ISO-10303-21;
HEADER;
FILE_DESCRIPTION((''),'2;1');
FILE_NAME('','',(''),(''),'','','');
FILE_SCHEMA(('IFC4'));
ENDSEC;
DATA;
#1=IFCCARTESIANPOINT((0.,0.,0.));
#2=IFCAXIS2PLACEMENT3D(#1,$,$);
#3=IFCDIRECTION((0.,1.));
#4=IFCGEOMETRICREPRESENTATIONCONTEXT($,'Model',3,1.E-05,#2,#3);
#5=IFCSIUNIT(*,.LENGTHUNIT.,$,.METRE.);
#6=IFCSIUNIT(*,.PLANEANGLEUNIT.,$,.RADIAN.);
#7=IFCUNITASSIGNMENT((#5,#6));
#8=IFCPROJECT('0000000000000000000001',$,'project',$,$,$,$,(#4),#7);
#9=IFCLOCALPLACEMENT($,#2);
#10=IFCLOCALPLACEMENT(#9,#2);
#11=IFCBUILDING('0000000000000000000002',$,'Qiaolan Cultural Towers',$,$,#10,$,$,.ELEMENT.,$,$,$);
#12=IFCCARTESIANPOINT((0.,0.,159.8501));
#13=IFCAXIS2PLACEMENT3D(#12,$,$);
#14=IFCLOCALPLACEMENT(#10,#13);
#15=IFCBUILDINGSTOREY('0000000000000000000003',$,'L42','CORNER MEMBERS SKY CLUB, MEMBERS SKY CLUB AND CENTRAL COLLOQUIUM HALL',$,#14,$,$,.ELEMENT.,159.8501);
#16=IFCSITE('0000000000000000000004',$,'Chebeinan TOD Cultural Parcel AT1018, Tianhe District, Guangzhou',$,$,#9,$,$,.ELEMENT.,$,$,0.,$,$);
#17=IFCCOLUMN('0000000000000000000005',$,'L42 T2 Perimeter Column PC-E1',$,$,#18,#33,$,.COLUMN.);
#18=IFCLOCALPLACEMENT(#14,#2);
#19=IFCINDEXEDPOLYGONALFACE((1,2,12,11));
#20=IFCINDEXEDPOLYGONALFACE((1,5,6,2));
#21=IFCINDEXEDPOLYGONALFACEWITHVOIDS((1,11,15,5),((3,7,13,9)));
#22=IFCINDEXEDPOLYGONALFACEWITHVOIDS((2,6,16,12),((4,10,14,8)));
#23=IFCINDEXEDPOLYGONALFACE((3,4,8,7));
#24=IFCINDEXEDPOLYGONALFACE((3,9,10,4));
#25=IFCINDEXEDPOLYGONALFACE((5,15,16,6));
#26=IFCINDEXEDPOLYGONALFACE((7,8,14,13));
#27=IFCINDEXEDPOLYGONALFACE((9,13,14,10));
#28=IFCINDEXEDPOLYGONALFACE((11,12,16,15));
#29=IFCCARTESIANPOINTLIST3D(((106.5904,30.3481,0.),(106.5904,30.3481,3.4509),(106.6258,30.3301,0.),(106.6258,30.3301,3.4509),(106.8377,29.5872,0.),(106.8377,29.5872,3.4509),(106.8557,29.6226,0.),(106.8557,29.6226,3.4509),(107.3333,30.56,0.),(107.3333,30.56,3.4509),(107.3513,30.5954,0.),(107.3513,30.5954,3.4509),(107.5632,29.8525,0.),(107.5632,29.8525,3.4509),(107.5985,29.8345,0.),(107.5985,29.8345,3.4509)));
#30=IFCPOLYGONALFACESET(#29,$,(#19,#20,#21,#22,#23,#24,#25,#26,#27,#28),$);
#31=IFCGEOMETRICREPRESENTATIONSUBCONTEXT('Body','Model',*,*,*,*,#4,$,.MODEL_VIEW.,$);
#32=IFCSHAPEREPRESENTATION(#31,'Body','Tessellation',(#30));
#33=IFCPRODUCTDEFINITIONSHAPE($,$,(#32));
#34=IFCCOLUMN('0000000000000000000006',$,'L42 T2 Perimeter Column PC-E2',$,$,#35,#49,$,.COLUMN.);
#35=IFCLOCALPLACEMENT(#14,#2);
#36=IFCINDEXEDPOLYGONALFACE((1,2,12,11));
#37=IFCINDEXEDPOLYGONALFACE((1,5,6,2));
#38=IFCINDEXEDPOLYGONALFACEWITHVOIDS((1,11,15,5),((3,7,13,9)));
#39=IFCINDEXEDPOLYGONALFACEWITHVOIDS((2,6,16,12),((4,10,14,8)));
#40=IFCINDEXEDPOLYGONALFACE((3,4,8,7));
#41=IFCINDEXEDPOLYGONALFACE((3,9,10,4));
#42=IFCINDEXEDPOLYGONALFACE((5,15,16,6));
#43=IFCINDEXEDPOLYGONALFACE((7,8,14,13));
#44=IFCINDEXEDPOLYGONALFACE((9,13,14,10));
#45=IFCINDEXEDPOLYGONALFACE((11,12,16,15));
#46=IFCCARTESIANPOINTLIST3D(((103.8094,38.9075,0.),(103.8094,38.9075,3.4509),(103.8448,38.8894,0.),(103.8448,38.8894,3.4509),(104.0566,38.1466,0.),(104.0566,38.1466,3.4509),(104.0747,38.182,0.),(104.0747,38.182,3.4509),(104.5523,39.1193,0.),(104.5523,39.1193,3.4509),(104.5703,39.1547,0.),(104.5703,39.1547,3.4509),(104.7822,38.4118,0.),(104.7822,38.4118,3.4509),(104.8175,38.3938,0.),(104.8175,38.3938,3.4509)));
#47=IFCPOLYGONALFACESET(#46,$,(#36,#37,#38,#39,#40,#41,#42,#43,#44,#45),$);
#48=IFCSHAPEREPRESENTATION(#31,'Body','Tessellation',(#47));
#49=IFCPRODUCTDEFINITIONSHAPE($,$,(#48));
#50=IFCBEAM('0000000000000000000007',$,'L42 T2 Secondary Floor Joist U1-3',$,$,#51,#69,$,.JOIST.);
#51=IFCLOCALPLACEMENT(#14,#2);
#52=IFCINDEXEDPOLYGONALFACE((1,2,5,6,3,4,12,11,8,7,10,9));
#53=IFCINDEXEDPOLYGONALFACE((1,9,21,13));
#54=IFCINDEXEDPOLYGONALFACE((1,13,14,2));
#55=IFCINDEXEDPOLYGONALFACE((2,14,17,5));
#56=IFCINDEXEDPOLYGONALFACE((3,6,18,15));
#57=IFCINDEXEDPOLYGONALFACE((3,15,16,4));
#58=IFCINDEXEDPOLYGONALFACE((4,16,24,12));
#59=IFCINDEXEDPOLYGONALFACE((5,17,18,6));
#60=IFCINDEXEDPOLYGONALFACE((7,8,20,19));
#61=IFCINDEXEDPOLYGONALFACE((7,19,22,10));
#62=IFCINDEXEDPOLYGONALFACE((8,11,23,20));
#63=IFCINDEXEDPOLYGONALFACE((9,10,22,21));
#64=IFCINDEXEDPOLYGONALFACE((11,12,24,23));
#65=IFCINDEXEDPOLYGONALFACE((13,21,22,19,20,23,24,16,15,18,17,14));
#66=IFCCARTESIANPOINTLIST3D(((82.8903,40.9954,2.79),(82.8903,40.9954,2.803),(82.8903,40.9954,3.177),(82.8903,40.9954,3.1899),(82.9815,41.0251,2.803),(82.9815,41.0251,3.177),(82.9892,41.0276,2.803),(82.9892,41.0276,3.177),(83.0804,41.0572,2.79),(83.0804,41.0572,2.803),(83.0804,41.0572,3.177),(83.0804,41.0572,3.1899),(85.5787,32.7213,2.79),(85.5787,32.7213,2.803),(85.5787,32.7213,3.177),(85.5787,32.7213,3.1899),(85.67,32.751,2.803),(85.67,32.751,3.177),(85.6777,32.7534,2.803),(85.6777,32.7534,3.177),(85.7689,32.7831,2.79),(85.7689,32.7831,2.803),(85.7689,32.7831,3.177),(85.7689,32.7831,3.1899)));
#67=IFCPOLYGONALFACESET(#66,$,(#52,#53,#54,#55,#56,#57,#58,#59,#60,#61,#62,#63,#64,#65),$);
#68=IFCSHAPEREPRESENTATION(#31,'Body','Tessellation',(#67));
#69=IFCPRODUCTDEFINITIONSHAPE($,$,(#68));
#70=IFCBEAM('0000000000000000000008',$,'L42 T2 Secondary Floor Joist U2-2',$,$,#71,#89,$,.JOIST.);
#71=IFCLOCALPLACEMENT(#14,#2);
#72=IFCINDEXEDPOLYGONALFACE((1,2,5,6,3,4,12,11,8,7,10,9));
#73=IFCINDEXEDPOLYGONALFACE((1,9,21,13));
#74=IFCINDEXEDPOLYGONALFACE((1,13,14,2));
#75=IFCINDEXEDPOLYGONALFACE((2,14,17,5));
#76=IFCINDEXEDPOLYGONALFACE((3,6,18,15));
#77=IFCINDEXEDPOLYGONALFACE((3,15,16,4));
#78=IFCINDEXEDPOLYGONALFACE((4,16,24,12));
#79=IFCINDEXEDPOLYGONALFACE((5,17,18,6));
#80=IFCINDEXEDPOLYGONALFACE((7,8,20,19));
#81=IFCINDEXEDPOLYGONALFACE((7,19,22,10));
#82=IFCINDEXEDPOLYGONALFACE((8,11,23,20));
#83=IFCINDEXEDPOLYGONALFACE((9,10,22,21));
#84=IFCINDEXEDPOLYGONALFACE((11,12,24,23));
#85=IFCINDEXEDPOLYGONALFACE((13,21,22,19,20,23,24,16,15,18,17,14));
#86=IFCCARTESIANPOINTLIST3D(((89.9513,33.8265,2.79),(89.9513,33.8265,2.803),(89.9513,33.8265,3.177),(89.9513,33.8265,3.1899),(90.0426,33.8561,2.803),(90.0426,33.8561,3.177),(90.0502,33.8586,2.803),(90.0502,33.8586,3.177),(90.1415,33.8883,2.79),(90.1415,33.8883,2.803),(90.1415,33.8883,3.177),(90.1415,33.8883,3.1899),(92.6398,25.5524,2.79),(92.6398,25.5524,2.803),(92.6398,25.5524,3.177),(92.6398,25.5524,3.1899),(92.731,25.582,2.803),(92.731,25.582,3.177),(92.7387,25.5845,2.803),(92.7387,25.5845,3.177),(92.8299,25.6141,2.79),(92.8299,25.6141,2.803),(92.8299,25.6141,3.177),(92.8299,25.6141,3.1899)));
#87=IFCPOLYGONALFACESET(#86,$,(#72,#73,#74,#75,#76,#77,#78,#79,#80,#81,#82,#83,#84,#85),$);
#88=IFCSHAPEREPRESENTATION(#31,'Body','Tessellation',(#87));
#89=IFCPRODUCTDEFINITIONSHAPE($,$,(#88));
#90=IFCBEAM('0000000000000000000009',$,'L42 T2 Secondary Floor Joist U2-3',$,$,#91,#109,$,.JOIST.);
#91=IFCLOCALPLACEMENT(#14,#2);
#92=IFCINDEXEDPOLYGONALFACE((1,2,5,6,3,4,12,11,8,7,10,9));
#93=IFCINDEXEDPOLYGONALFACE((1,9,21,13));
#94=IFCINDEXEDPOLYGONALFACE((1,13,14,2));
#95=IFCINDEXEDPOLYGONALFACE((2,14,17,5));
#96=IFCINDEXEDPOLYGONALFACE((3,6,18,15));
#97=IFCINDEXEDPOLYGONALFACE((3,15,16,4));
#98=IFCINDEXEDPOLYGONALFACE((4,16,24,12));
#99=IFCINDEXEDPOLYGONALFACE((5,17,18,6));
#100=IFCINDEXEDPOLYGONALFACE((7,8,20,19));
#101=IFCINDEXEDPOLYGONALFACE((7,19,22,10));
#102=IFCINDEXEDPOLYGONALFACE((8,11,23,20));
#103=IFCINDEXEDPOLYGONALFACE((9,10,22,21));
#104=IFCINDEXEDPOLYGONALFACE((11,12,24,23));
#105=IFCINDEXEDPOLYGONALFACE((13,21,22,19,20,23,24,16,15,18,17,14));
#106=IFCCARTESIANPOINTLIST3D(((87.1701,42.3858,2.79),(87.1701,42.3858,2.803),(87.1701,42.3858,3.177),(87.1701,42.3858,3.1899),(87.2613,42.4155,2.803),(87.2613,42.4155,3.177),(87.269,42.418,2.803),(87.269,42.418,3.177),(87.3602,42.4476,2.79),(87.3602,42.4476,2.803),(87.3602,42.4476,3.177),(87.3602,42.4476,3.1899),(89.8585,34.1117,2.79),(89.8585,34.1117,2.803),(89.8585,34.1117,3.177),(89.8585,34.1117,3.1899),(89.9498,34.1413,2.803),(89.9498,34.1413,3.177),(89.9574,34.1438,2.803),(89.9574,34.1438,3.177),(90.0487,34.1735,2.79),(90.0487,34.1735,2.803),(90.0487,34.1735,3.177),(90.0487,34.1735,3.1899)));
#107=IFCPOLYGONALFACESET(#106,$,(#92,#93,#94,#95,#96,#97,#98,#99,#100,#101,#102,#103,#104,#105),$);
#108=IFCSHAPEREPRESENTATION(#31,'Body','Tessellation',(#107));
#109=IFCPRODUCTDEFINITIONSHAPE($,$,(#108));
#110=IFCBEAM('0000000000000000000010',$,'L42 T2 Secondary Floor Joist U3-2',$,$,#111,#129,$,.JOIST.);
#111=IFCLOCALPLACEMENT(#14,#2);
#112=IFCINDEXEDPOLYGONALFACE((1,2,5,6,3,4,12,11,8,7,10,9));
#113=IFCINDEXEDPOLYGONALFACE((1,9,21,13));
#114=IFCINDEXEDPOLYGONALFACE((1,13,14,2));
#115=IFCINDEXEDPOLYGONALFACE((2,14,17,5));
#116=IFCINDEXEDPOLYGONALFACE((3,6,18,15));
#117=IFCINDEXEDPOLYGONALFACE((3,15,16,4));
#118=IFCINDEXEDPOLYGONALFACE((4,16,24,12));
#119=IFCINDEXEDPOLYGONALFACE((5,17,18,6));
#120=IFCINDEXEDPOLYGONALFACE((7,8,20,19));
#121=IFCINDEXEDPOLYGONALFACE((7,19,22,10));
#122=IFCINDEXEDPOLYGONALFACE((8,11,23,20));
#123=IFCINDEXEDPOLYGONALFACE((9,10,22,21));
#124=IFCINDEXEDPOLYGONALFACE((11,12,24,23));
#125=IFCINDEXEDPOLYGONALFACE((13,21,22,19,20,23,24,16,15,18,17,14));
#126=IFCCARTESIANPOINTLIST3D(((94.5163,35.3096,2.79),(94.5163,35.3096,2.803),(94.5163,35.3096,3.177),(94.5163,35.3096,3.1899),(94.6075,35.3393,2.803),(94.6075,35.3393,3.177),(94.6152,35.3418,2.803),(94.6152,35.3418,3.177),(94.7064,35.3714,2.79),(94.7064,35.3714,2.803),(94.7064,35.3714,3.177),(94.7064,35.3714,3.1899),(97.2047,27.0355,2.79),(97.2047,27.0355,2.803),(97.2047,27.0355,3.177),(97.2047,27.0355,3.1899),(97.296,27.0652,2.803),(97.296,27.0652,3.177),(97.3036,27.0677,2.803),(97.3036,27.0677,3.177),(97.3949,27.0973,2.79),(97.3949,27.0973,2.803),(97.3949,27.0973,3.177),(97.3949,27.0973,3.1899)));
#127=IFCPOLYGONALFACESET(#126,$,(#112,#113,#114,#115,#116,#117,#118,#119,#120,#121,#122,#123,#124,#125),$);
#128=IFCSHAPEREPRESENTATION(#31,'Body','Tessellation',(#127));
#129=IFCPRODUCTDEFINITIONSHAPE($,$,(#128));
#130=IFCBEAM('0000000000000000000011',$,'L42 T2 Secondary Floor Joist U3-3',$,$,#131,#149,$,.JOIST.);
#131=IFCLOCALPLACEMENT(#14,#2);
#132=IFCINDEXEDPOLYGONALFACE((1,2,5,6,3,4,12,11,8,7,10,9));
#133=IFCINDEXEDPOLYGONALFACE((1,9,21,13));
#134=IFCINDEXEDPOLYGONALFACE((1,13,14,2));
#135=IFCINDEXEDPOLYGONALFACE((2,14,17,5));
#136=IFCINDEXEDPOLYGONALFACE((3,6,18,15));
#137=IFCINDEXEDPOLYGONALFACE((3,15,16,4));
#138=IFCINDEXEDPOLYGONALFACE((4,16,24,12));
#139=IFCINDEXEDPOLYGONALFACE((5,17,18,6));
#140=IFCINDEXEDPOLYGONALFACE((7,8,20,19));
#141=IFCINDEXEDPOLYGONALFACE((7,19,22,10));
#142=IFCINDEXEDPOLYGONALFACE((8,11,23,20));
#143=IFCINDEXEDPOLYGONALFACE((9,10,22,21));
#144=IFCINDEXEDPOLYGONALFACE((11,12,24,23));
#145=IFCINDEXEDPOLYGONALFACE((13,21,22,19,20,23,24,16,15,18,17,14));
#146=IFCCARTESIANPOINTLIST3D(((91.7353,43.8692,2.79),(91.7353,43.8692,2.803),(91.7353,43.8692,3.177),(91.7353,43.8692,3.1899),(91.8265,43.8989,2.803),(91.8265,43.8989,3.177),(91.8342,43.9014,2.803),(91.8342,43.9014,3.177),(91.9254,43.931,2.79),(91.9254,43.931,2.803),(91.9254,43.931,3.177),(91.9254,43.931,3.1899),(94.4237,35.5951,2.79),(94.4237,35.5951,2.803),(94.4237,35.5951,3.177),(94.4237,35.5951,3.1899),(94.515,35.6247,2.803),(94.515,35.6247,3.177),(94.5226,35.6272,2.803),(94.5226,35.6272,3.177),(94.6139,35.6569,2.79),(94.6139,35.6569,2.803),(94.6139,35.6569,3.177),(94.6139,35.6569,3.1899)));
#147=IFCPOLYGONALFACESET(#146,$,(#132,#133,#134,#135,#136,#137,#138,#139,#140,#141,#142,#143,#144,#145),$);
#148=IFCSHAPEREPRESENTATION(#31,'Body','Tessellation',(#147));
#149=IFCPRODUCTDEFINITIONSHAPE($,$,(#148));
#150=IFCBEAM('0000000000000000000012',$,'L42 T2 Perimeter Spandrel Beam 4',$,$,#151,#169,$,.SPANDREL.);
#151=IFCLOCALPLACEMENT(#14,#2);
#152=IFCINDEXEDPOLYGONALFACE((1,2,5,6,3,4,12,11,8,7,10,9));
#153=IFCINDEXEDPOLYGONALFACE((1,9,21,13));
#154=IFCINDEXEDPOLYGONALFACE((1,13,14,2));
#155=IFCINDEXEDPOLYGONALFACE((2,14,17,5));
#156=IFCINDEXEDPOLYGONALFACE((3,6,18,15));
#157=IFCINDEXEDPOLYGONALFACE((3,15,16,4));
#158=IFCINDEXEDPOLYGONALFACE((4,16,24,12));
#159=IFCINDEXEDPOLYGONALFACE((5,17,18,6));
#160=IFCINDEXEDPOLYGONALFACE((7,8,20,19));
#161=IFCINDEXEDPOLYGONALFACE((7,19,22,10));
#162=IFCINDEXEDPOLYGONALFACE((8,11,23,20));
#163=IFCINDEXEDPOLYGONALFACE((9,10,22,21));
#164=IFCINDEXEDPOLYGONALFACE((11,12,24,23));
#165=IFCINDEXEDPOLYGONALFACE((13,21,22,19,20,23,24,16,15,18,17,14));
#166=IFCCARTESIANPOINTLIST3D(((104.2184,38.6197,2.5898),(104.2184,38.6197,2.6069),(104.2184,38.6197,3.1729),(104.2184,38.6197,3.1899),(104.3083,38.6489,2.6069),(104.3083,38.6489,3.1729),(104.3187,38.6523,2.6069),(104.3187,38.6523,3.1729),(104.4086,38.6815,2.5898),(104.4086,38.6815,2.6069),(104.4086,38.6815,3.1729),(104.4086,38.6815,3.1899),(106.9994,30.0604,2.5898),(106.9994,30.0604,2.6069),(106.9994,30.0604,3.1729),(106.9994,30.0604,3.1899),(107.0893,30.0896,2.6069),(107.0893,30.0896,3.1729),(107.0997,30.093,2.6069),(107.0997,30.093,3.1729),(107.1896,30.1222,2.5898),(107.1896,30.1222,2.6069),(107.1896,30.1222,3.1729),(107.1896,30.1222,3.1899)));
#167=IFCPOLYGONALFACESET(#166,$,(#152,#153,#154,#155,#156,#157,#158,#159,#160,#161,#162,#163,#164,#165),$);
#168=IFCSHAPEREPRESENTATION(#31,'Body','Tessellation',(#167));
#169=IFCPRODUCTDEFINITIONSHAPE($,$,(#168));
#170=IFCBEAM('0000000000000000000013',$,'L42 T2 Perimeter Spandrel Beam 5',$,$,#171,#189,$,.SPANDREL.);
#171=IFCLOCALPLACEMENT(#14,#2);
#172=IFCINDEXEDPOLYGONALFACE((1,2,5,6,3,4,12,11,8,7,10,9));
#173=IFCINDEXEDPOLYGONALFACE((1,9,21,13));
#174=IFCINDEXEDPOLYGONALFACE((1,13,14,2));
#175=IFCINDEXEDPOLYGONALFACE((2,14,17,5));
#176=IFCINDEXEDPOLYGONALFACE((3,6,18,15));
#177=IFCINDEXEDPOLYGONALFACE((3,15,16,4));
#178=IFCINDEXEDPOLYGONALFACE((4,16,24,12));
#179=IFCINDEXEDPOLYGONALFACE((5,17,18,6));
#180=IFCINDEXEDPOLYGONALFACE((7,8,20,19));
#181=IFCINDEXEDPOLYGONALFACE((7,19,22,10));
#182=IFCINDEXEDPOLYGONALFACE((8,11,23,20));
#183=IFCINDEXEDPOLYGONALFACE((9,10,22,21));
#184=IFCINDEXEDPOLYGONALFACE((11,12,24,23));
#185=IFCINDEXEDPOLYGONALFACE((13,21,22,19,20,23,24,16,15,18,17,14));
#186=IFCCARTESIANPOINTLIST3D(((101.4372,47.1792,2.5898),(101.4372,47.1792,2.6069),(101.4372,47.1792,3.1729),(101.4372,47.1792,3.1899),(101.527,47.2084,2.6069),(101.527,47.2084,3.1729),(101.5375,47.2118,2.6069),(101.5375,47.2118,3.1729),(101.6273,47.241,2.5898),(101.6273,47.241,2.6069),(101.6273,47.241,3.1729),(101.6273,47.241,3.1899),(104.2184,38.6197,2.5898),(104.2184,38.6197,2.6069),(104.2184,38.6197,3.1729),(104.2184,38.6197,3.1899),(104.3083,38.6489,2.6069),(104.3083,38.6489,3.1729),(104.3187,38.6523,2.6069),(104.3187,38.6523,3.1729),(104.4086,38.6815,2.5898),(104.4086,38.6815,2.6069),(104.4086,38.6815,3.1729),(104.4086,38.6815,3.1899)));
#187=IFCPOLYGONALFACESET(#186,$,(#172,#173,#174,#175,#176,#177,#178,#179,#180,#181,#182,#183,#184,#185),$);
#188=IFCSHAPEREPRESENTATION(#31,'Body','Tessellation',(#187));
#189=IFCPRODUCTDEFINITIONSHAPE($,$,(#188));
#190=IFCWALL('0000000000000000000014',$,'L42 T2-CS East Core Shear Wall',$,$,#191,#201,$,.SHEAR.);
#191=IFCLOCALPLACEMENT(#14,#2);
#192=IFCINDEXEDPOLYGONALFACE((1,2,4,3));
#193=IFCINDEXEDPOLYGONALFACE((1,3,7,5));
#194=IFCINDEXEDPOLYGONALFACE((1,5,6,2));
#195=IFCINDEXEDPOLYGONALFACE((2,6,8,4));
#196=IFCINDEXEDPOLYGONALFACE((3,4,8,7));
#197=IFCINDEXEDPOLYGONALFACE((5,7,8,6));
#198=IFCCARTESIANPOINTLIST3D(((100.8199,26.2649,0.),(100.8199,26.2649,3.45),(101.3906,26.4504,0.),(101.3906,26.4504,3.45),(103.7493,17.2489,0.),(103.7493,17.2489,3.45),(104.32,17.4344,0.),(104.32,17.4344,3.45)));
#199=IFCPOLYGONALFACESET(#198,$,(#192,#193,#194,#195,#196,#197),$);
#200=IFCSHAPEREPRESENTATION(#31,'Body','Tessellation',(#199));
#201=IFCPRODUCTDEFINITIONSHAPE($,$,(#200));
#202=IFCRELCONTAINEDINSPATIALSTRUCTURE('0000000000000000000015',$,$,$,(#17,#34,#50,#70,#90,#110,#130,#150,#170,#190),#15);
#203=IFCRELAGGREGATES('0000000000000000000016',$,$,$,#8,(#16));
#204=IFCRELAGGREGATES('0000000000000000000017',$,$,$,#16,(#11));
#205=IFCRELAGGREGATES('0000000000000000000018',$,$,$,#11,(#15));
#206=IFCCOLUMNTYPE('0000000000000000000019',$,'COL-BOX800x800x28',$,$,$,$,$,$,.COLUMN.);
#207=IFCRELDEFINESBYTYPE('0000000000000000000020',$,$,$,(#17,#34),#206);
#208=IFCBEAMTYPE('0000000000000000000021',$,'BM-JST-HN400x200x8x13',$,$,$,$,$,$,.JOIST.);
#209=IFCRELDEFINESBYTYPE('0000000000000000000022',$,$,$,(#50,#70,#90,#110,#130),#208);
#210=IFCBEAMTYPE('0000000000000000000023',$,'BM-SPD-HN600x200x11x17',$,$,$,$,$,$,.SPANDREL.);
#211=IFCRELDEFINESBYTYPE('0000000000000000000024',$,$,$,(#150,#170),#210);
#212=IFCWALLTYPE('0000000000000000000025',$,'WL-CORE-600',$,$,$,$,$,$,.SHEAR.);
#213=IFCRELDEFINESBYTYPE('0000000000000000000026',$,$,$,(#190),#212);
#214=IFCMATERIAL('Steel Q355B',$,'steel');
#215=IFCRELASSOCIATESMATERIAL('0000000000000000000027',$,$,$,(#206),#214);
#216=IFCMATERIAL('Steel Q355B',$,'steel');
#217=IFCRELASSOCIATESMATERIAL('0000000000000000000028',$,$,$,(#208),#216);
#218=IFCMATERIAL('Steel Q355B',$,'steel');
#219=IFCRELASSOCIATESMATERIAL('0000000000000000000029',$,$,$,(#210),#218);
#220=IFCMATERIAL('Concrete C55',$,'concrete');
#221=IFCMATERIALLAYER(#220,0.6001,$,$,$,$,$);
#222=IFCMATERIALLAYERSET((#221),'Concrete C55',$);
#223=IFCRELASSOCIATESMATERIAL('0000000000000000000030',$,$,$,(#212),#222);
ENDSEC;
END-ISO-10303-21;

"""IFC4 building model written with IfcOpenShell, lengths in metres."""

from ifc_helpers import new_model, si_unit, direction, frame, frame_2d, origin, origin_2d, place, context, subcontext, project, spatial, rectangle, hollow_rectangle, i_section, extrude, material, layer, layer_set, material_profile, profile_set, type_object, element, save


model = new_model("IFC4")

# Units and contexts
model_context = context("Model", 3, precision=1e-05, world=origin(), true_north=direction((0.0, 1.0)))
body_context = subcontext(model_context, "Body", "Model", "MODEL_VIEW")
ifc_project = project(units=[si_unit("LENGTHUNIT", "METRE"), si_unit("PLANEANGLEUNIT", "RADIAN")], contexts=[model_context])

# Site, building, storey
site_placement = place(None, origin())
site = spatial("IfcSite", under=ifc_project, at=site_placement, Name="Chebeinan TOD Cultural Parcel AT1018, Tianhe District, Guangzhou", CompositionType="ELEMENT", RefElevation=0.0)
building_placement = place(site_placement, origin())
building = spatial("IfcBuilding", under=site, at=building_placement, Name="Qiaolan Cultural Towers", CompositionType="ELEMENT")
storey_placement = place(building_placement, frame((0.0, 0.0, 159.8501)))
storey = spatial("IfcBuildingStorey", under=building, at=storey_placement, Name="L42", Description="CORNER MEMBERS SKY CLUB, MEMBERS SKY CLUB AND CENTRAL COLLOQUIUM HALL", CompositionType="ELEMENT", Elevation=159.8501)

# Columns
ifc_material_1 = material(Name="Steel Q355B", Category="steel")
ifc_material_profile_1 = material_profile(ifc_material_1, hollow_rectangle(XDim=0.8, YDim=0.8, WallThickness=0.0281, at=origin_2d()), Name="BOX800x800x28")
ifc_profile_set_1 = profile_set([ifc_material_profile_1], Name="Steel Q355B")
column_type = type_object("IfcColumnType", Name="COL-BOX800x800x28", PredefinedType="COLUMN", material=ifc_profile_set_1)
for number, where, z_axis, x_axis, name in (
    (1, (107.0945, 30.0913, 0.0), (0.0, 0.0, 1.0), (0.951057, 0.309017, 0.0), "L42 T2 Perimeter Column PC-E1"),
    (2, (104.3135, 38.6506, 0.0), (0.0, 0.0, 1.0), (0.951057, 0.309017, 0.0), "L42 T2 Perimeter Column PC-E2"),
):
    element("IfcColumn", number, at=place(storey_placement, frame(where, z_axis=z_axis, x_axis=x_axis)), inside=storey, type_object=column_type, Name=name, PredefinedType="COLUMN", context=body_context, shape_type="SweptSolid", body=[
        extrude(hollow_rectangle(XDim=0.8, YDim=0.8, WallThickness=0.0281, at=origin_2d()), origin(), (0.0, 0.0, 1.0), 3.4509),
    ])

# Beams
ifc_material_2 = material(Name="Steel Q355B", Category="steel")
ifc_material_profile_2 = material_profile(ifc_material_2, i_section(OverallWidth=0.2, OverallDepth=0.3999, WebThickness=0.0081, FlangeThickness=0.0129, at=origin_2d()), Name="HN400x200x8x13")
ifc_profile_set_2 = profile_set([ifc_material_profile_2], Name="Steel Q355B")
beam_type_1 = type_object("IfcBeamType", Name="BM-JST-HN400x200x8x13", PredefinedType="JOIST", material=ifc_profile_set_2)
for number, where, z_axis, x_axis, name in (
    (3, (85.6738, 32.7522, 2.99), (-0.309021, 0.951055, 0.0), (-0.951055, -0.309021, 0.0), "L42 T2 Secondary Floor Joist U1-3"),
    (4, (92.7349, 25.5833, 2.99), (-0.309021, 0.951055, 0.0), (-0.951055, -0.309021, 0.0), "L42 T2 Secondary Floor Joist U2-2"),
    (5, (89.9536, 34.1426, 2.99), (-0.309021, 0.951055, 0.0), (-0.951055, -0.309021, 0.0), "L42 T2 Secondary Floor Joist U2-3"),
    (6, (97.2998, 27.0664, 2.99), (-0.309021, 0.951055, 0.0), (-0.951055, -0.309021, 0.0), "L42 T2 Secondary Floor Joist U3-2"),
    (7, (94.5188, 35.626, 2.99), (-0.309021, 0.951055, 0.0), (-0.951055, -0.309021, 0.0), "L42 T2 Secondary Floor Joist U3-3"),
):
    element("IfcBeam", number, at=place(storey_placement, frame(where, z_axis=z_axis, x_axis=x_axis)), inside=storey, type_object=beam_type_1, Name=name, PredefinedType="JOIST", context=body_context, shape_type="SweptSolid", body=[
        extrude(i_section(OverallWidth=0.2, OverallDepth=0.3999, WebThickness=0.0081, FlangeThickness=0.0129, at=origin_2d()), origin(), (0.0, 0.0, 1.0), 8.7),
    ])
ifc_material_3 = material(Name="Steel Q355B", Category="steel")
ifc_material_profile_3 = material_profile(ifc_material_3, i_section(OverallWidth=0.2, OverallDepth=0.6001, WebThickness=0.011, FlangeThickness=0.0171, at=origin_2d()), Name="HN600x200x11x17")
ifc_profile_set_3 = profile_set([ifc_material_profile_3], Name="Steel Q355B")
beam_type_2 = type_object("IfcBeamType", Name="BM-SPD-HN600x200x11x17", PredefinedType="SPANDREL", material=ifc_profile_set_3)
beam_1_placement = place(storey_placement, frame((107.0945, 30.0913, 2.8899), z_axis=(-0.309008, 0.951059, 0.0), x_axis=(-0.951059, -0.309008, 0.0)))
element("IfcBeam", 8, at=beam_1_placement, inside=storey, type_object=beam_type_2, Name="L42 T2 Perimeter Spandrel Beam 4", PredefinedType="SPANDREL", context=body_context, shape_type="SweptSolid", body=[
    extrude(i_section(OverallWidth=0.2, OverallDepth=0.6001, WebThickness=0.011, FlangeThickness=0.0171, at=origin_2d()), origin(), (0.0, 0.0, 1.0), 8.9998),
])
beam_2_placement = place(storey_placement, frame((104.3135, 38.6506, 2.8899), z_axis=(-0.309025, 0.951054, 0.0), x_axis=(-0.951054, -0.309025, 0.0)))
element("IfcBeam", 9, at=beam_2_placement, inside=storey, type_object=beam_type_2, Name="L42 T2 Perimeter Spandrel Beam 5", PredefinedType="SPANDREL", context=body_context, shape_type="SweptSolid", body=[
    extrude(i_section(OverallWidth=0.2, OverallDepth=0.6001, WebThickness=0.011, FlangeThickness=0.0171, at=origin_2d()), origin(), (0.0, 0.0, 1.0), 9.0),
])

# Wall
ifc_material_4 = material(Name="Concrete C55", Category="concrete")
ifc_layer_1 = layer(ifc_material_4, 0.6001)
ifc_layer_set_1 = layer_set([ifc_layer_1], Name="Concrete C55")
wall_type_1 = type_object("IfcWallType", Name="WL-CORE-600", PredefinedType="SHEAR", material=ifc_layer_set_1)
wall_1_placement = place(storey_placement, frame((101.1052, 26.3577, 0.0), z_axis=(0.0, 0.0, 1.0), x_axis=(0.30901, -0.951059, 0.0)))
element("IfcWall", 10, at=wall_1_placement, inside=storey, type_object=wall_type_1, Name="L42 T2-CS East Core Shear Wall", PredefinedType="SHEAR", context=body_context, shape_type="SweptSolid", body=[
    extrude(rectangle(XDim=9.48, YDim=0.6001, at=frame_2d((4.74, 0.0))), origin(), (0.0, 0.0, 1.0), 3.45),
])

save(model, "model.ifc")
